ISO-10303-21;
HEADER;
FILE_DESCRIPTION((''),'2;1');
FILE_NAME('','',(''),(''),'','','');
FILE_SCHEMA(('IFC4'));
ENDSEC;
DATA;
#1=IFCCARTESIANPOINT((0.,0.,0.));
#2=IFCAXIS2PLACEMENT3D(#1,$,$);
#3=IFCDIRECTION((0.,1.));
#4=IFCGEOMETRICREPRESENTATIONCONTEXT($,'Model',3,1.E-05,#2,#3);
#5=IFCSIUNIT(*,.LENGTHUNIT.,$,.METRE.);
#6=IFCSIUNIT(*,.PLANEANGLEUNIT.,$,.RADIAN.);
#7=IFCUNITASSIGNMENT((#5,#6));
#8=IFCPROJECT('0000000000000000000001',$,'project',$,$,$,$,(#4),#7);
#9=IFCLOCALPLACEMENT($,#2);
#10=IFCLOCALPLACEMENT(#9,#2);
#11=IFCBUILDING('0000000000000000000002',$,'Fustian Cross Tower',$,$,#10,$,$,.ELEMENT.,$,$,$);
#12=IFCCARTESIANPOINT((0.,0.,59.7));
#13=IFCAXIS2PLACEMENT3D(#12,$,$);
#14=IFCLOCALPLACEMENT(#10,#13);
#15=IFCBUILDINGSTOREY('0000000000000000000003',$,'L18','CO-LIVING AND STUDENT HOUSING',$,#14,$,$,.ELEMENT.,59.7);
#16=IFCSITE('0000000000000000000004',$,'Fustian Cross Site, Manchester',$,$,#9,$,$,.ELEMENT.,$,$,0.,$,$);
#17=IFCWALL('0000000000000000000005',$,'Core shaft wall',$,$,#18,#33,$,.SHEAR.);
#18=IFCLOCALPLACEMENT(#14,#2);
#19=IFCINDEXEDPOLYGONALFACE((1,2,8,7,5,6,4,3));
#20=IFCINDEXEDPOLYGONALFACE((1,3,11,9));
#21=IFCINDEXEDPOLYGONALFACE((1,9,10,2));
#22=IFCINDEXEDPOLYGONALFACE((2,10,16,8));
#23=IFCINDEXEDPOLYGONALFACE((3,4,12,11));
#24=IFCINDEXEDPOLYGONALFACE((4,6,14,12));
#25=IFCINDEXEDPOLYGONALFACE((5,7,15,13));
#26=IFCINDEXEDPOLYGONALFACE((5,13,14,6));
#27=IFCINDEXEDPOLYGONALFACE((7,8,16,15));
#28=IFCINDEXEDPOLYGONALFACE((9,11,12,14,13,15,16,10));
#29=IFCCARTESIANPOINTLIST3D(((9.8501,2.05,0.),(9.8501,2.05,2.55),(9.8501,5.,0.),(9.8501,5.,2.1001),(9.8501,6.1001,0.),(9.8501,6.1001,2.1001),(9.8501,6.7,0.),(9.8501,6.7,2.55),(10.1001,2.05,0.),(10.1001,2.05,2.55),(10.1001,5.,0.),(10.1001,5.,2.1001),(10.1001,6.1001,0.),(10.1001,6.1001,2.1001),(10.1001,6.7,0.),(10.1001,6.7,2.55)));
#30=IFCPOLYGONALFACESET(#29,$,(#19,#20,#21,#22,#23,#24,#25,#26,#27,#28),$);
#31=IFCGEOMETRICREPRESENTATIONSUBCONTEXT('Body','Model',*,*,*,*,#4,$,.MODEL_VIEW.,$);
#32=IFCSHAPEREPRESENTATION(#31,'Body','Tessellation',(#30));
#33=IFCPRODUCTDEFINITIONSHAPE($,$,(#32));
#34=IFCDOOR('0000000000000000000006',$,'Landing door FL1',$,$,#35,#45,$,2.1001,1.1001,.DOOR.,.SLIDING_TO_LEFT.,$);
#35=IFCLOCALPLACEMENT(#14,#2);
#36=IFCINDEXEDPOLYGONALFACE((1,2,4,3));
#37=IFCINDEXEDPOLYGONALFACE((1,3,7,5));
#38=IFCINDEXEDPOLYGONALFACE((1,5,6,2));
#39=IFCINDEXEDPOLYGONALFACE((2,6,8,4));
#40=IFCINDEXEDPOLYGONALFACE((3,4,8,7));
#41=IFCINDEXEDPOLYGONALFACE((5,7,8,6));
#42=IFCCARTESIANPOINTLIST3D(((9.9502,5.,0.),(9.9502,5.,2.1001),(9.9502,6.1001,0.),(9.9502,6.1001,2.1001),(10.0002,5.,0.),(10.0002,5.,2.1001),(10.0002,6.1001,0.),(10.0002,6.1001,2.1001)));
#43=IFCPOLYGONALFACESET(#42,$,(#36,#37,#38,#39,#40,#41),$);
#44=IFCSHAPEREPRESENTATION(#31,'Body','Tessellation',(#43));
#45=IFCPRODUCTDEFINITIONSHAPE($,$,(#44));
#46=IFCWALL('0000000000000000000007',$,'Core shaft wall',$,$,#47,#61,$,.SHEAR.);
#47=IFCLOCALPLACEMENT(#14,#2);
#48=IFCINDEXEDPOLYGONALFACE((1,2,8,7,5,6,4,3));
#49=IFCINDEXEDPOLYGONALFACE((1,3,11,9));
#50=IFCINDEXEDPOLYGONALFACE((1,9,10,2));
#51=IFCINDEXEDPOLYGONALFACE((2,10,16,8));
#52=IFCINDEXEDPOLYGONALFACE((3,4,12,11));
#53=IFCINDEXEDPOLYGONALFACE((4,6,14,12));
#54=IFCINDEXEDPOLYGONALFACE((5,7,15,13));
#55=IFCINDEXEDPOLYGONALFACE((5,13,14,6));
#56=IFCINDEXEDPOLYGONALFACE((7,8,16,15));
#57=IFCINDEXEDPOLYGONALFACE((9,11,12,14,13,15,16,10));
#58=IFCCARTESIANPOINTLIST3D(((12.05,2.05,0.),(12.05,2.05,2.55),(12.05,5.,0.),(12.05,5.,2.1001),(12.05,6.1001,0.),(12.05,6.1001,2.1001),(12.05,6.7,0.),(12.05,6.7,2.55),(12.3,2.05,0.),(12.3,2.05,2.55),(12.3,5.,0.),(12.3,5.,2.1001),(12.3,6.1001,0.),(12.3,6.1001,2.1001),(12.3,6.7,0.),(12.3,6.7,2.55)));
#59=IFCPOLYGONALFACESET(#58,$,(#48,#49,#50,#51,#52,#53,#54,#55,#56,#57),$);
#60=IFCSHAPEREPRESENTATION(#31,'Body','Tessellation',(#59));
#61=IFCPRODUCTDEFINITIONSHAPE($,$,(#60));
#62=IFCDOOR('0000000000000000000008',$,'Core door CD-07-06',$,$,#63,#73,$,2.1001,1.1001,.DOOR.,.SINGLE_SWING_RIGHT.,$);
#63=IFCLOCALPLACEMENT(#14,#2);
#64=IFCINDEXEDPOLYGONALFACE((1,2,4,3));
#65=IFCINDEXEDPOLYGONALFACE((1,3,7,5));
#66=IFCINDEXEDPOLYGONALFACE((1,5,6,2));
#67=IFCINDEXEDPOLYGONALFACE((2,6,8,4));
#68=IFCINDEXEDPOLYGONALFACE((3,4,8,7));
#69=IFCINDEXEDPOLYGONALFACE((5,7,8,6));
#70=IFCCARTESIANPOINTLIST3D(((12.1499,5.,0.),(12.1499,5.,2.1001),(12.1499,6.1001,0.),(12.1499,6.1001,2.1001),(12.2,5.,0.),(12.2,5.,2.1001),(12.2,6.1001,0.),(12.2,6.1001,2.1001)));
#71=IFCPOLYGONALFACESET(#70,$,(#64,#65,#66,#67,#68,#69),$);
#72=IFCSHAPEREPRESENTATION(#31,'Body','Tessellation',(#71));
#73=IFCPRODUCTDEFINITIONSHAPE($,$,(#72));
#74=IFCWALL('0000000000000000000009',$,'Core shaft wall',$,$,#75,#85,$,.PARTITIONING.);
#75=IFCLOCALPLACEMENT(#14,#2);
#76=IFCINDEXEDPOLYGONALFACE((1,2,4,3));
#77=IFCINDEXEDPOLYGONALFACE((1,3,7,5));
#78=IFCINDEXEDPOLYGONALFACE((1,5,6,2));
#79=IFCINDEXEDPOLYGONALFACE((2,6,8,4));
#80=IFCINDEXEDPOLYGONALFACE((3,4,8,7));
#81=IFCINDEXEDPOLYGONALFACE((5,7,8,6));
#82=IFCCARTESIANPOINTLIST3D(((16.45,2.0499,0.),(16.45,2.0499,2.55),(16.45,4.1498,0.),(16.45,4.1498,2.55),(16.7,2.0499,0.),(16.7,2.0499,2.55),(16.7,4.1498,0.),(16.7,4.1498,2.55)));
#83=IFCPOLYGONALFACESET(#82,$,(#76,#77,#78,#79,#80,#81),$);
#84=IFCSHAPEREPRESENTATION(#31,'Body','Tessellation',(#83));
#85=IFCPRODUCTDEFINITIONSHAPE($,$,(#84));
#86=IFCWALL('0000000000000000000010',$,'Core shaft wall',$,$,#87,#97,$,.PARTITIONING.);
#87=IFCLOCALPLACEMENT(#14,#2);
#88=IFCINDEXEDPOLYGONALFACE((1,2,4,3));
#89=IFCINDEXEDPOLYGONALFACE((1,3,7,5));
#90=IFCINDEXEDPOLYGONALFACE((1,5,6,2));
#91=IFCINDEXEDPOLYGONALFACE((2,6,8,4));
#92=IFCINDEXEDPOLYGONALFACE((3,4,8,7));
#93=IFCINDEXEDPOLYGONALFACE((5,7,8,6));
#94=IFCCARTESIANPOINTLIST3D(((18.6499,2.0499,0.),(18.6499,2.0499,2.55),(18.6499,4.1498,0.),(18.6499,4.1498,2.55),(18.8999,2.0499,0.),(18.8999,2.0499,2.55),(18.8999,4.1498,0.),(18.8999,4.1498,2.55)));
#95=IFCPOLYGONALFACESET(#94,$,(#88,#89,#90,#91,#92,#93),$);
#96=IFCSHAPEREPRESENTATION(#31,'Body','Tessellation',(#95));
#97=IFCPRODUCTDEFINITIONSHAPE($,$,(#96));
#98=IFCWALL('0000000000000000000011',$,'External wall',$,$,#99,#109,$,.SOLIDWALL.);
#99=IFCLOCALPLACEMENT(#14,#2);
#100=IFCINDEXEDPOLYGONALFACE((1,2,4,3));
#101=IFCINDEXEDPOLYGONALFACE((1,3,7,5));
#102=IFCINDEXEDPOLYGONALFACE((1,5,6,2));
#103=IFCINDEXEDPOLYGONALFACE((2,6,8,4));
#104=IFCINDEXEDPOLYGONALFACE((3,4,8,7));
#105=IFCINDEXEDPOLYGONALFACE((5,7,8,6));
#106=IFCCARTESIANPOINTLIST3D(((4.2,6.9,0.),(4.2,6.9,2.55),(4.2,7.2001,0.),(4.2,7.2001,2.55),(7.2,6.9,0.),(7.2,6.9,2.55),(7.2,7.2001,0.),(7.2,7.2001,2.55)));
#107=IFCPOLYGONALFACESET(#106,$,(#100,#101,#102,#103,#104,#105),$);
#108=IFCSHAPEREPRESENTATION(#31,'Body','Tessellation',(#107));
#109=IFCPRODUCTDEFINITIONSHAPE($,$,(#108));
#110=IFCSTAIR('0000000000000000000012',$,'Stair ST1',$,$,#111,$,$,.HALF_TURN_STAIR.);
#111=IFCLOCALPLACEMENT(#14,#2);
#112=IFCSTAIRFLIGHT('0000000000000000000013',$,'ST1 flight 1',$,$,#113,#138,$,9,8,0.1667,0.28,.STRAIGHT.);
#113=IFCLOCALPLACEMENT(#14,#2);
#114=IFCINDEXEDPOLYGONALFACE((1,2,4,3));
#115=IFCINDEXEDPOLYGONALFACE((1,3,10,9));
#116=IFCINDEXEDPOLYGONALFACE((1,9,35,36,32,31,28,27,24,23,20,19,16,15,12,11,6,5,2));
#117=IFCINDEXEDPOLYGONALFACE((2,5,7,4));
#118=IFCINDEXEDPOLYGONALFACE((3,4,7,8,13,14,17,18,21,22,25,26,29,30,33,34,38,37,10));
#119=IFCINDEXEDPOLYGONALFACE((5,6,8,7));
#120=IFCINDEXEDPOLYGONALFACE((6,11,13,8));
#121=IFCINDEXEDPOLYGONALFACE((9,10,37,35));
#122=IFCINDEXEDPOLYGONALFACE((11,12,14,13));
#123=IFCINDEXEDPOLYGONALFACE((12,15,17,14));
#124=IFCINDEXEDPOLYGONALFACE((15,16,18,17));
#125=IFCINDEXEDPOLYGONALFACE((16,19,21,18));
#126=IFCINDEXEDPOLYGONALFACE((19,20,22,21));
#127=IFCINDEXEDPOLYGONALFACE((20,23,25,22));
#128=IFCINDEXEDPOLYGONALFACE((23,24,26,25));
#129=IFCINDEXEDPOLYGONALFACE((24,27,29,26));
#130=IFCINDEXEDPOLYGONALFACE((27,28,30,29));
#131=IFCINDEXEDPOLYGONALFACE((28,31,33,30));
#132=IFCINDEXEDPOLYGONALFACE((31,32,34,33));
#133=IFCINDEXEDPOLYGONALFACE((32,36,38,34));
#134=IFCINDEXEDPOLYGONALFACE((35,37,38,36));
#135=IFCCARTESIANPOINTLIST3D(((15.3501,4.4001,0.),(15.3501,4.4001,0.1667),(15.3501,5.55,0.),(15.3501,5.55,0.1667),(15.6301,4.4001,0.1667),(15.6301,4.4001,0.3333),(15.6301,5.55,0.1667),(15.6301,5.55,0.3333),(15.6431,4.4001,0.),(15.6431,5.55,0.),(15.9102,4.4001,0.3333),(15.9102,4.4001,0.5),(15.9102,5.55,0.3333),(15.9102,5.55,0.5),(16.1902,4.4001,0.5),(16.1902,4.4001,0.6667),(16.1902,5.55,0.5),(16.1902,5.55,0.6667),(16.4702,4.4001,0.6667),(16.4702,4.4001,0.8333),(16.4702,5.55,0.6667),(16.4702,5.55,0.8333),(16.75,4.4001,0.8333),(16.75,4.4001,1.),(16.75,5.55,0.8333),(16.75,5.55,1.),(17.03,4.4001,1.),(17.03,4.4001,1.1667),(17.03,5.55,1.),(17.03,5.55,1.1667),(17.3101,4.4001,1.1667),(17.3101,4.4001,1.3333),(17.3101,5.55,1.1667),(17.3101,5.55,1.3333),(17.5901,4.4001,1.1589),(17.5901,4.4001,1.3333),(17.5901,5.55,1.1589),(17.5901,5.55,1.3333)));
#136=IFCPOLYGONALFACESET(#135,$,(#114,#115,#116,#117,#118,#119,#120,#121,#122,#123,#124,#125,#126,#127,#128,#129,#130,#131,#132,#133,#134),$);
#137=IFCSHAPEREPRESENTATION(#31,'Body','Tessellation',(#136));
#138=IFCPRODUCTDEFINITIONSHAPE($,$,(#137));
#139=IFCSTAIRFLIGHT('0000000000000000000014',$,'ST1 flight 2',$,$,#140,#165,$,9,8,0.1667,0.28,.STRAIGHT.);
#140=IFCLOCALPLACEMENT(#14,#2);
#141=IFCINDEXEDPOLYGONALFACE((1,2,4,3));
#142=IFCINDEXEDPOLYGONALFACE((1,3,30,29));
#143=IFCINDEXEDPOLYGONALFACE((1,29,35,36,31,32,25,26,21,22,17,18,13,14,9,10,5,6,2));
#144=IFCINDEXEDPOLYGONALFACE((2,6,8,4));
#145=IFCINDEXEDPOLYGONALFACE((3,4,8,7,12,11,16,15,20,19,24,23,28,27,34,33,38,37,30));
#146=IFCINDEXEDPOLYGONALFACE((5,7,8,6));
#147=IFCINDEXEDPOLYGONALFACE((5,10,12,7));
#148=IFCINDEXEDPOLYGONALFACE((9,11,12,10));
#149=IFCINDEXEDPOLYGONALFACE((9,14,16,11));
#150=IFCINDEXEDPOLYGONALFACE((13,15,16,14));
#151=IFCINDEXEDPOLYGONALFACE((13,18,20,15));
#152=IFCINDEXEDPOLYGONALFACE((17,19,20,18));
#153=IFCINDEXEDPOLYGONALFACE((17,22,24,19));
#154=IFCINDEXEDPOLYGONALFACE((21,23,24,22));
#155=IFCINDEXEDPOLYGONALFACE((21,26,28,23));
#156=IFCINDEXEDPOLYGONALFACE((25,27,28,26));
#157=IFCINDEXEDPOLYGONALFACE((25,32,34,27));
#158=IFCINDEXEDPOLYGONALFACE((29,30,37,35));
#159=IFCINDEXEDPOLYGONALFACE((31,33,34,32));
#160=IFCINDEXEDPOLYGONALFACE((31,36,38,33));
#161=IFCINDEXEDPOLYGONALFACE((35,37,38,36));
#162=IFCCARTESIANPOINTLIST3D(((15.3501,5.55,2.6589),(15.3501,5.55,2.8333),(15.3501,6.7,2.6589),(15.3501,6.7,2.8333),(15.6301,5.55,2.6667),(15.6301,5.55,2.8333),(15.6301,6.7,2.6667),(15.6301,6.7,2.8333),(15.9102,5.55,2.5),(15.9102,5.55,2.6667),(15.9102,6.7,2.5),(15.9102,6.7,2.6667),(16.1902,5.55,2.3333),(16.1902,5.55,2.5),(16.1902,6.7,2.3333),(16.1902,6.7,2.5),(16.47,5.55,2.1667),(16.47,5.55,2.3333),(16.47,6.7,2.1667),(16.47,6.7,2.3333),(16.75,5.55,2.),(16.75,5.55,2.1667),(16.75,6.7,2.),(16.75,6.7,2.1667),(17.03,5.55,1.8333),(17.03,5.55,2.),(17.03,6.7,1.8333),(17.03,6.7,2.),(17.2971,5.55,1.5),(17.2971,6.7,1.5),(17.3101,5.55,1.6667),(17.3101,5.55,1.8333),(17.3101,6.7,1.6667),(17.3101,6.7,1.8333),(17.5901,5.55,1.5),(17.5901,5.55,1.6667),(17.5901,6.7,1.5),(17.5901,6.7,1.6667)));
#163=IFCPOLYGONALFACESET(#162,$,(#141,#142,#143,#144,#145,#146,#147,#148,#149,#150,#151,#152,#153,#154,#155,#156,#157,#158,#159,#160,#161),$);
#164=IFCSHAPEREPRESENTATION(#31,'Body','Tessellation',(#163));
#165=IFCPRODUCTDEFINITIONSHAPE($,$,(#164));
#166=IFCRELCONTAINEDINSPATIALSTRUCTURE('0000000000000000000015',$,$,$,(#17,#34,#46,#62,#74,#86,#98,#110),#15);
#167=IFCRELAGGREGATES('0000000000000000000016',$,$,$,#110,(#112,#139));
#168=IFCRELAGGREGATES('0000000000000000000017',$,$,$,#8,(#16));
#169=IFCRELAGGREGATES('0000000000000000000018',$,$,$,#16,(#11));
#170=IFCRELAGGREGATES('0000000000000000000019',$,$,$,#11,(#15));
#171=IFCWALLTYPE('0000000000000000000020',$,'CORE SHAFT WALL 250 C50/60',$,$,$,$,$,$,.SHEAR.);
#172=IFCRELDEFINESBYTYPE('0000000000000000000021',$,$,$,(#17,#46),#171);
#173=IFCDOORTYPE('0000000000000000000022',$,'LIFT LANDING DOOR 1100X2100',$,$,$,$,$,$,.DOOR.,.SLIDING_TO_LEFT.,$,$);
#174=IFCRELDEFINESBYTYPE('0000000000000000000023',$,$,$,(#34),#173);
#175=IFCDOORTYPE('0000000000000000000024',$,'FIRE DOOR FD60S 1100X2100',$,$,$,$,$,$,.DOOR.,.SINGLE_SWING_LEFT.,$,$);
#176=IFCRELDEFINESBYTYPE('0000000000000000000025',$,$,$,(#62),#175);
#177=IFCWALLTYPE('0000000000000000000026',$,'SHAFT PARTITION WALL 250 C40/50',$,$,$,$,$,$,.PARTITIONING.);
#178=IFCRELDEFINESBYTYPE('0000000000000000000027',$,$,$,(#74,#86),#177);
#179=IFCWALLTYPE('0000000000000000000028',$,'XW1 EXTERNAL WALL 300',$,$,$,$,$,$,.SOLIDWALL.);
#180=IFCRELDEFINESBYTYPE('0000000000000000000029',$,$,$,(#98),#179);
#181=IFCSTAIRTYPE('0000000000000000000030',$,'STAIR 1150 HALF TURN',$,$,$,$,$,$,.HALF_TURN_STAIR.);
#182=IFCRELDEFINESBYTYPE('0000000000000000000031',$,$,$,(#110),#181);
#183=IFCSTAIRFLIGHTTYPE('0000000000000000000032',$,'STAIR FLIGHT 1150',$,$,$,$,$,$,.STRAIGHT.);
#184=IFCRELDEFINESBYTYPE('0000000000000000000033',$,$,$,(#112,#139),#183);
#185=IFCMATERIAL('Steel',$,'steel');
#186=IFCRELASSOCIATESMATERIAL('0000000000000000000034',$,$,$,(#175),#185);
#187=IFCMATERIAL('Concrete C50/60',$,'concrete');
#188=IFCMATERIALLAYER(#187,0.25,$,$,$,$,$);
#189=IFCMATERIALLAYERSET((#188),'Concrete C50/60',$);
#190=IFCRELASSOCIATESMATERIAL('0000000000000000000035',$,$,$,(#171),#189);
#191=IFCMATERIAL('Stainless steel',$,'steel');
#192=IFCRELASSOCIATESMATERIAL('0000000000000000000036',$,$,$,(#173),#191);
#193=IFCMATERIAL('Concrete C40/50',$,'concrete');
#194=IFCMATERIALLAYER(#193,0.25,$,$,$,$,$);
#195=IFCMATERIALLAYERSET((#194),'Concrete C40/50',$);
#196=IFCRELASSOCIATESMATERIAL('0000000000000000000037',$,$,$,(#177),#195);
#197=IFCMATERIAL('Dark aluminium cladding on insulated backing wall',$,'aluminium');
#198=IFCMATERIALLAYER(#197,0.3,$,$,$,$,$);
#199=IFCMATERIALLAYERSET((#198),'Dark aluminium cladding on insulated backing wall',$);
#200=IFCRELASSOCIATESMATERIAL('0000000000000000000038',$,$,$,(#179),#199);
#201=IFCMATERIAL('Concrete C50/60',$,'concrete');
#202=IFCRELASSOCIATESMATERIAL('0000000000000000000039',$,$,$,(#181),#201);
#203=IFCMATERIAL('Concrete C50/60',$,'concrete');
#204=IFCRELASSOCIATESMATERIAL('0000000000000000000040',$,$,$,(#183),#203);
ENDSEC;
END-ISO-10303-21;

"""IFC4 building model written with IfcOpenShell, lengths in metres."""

from ifc_helpers import new_model, si_unit, direction, frame, frame_2d, origin, place, context, subcontext, project, spatial, polyline, rectangle, outline, extrude, material, layer, layer_set, type_object, element, fill, aggregate, save


model = new_model("IFC4")

# Units and contexts
model_context = context("Model", 3, precision=1e-05, world=origin(), true_north=direction((0.0, 1.0)))
body_context = subcontext(model_context, "Body", "Model", "MODEL_VIEW")
ifc_project = project(units=[si_unit("LENGTHUNIT", "METRE"), si_unit("PLANEANGLEUNIT", "RADIAN")], contexts=[model_context])

# Site, building, storey
site_placement = place(None, origin())
site = spatial("IfcSite", under=ifc_project, at=site_placement, Name="Fustian Cross Site, Manchester", CompositionType="ELEMENT", RefElevation=0.0)
building_placement = place(site_placement, origin())
building = spatial("IfcBuilding", under=site, at=building_placement, Name="Fustian Cross Tower", CompositionType="ELEMENT")
storey_placement = place(building_placement, frame((0.0, 0.0, 59.7)))
storey = spatial("IfcBuildingStorey", under=building, at=storey_placement, Name="L18", Description="CO-LIVING AND STUDENT HOUSING", CompositionType="ELEMENT", Elevation=59.7)

# Shared definitions
ifc_material_1 = material(Name="Steel", Category="steel")
door_type_1 = type_object("IfcDoorType", Name="FIRE DOOR FD60S 1100X2100", OperationType="SINGLE_SWING_LEFT", PredefinedType="DOOR", material=ifc_material_1)

# Shared definitions
ifc_material_2 = material(Name="Concrete C50/60", Category="concrete")
ifc_layer_1 = layer(ifc_material_2, 0.25)
ifc_layer_set_1 = layer_set([ifc_layer_1], Name="Concrete C50/60")
wall_type_1 = type_object("IfcWallType", Name="CORE SHAFT WALL 250 C50/60", PredefinedType="SHEAR", material=ifc_layer_set_1)

# Walls, openings, doors
wall_1_placement = place(storey_placement, frame((9.9751, 2.05, 0.0), z_axis=(0.0, 0.0, 1.0), x_axis=(0.0, 1.0, 0.0)))
wall_1 = element("IfcWall", 1, at=wall_1_placement, inside=storey, type_object=wall_type_1, Name="Core shaft wall", PredefinedType="SHEAR", context=body_context, shape_type="SweptSolid", body=[
    extrude(rectangle(XDim=4.6499, YDim=0.25, at=frame_2d((2.325, 0.0))), origin(), (0.0, 0.0, 1.0), 2.55),
])
opening_1_placement = place(wall_1_placement, frame((2.95, 0.0, 0.0)))
opening_1 = element("IfcOpeningElement", 2, at=opening_1_placement, cuts=wall_1, PredefinedType="OPENING", context=body_context, shape_type="SweptSolid", body=[
    extrude(rectangle(XDim=1.1001, YDim=2.1001, at=frame_2d((0.55, 1.05))), frame((0.0, 0.135, 0.0), z_axis=(0.0, -1.0, 0.0), x_axis=(1.0, 0.0, 0.0)), (0.0, 0.0, 1.0), 0.27),
])
ifc_material_3 = material(Name="Stainless steel", Category="steel")
door_type_2 = type_object("IfcDoorType", Name="LIFT LANDING DOOR 1100X2100", OperationType="SLIDING_TO_LEFT", PredefinedType="DOOR", material=ifc_material_3)
door_1_placement = place(opening_1_placement, origin())
door_1 = element("IfcDoor", 3, at=door_1_placement, inside=storey, type_object=door_type_2, Name="Landing door FL1", OperationType="SLIDING_TO_LEFT", OverallHeight=2.1001, OverallWidth=1.1001, PredefinedType="DOOR", context=body_context, shape_type="SweptSolid", body=[
    extrude(rectangle(XDim=1.1001, YDim=2.1001, at=frame_2d((0.55, 1.05))), frame((0.0, 0.0249, 0.0), z_axis=(0.0, -1.0, 0.0), x_axis=(1.0, 0.0, 0.0)), (0.0, 0.0, 1.0), 0.05),
])
fill(opening_1, door_1)
wall_2_placement = place(storey_placement, frame((12.175, 2.05, 0.0), z_axis=(0.0, 0.0, 1.0), x_axis=(0.0, 1.0, 0.0)))
wall_2 = element("IfcWall", 4, at=wall_2_placement, inside=storey, type_object=wall_type_1, Name="Core shaft wall", PredefinedType="SHEAR", context=body_context, shape_type="SweptSolid", body=[
    extrude(rectangle(XDim=4.6499, YDim=0.25, at=frame_2d((2.325, 0.0))), origin(), (0.0, 0.0, 1.0), 2.55),
])
opening_2_placement = place(wall_2_placement, frame((2.95, 0.0, 0.0)))
opening_2 = element("IfcOpeningElement", 5, at=opening_2_placement, cuts=wall_2, PredefinedType="OPENING", context=body_context, shape_type="SweptSolid", body=[
    extrude(rectangle(XDim=1.1001, YDim=2.1001, at=frame_2d((0.55, 1.05))), frame((0.0, 0.135, 0.0), z_axis=(0.0, -1.0, 0.0), x_axis=(1.0, 0.0, 0.0)), (0.0, 0.0, 1.0), 0.27),
])
door_2_placement = place(opening_2_placement, frame((1.1001, 0.0, 0.0), z_axis=(0.0, 0.0, 1.0), x_axis=(-1.0, 0.0, 0.0)))
door_2 = element("IfcDoor", 6, at=door_2_placement, inside=storey, type_object=door_type_1, Name="Core door CD-07-06", OperationType="SINGLE_SWING_RIGHT", OverallHeight=2.1001, OverallWidth=1.1001, PredefinedType="DOOR", context=body_context, shape_type="SweptSolid", body=[
    extrude(rectangle(XDim=1.1001, YDim=2.1001, at=frame_2d((0.55, 1.05))), frame((0.0, 0.0249, 0.0), z_axis=(0.0, -1.0, 0.0), x_axis=(1.0, 0.0, 0.0)), (0.0, 0.0, 1.0), 0.05),
])
fill(opening_2, door_2)

# Walls
ifc_material_4 = material(Name="Concrete C40/50", Category="concrete")
ifc_layer_2 = layer(ifc_material_4, 0.25)
ifc_layer_set_2 = layer_set([ifc_layer_2], Name="Concrete C40/50")
wall_type_2 = type_object("IfcWallType", Name="SHAFT PARTITION WALL 250 C40/50", PredefinedType="PARTITIONING", material=ifc_layer_set_2)
for number, where, z_axis, x_axis, name in (
    (7, (16.575, 2.05, 0.0), (0.0, 0.0, 1.0), (0.0, 1.0, 0.0), "Core shaft wall"),
    (8, (18.7749, 2.05, 0.0), (0.0, 0.0, 1.0), (0.0, 1.0, 0.0), "Core shaft wall"),
):
    element("IfcWall", number, at=place(storey_placement, frame(where, z_axis=z_axis, x_axis=x_axis)), inside=storey, type_object=wall_type_2, Name=name, PredefinedType="PARTITIONING", context=body_context, shape_type="SweptSolid", body=[
        extrude(rectangle(XDim=2.0999, YDim=0.25, at=frame_2d((1.0498, 0.0))), origin(), (0.0, 0.0, 1.0), 2.55),
    ])
ifc_material_5 = material(Name="Dark aluminium cladding on insulated backing wall", Category="aluminium")
ifc_layer_3 = layer(ifc_material_5, 0.3)
ifc_layer_set_3 = layer_set([ifc_layer_3], Name="Dark aluminium cladding on insulated backing wall")
wall_type_3 = type_object("IfcWallType", Name="XW1 EXTERNAL WALL 300", PredefinedType="SOLIDWALL", material=ifc_layer_set_3)
wall_3_placement = place(storey_placement, frame((7.2, 7.05, 0.0), z_axis=(0.0, 0.0, 1.0), x_axis=(-1.0, 0.0, 0.0)))
element("IfcWall", 9, at=wall_3_placement, inside=storey, type_object=wall_type_3, Name="External wall", PredefinedType="SOLIDWALL", context=body_context, shape_type="SweptSolid", body=[
    extrude(rectangle(XDim=3.0, YDim=0.3, at=frame_2d((1.5, 0.0))), origin(), (0.0, 0.0, 1.0), 2.55),
])

# Stair, stair flights
ifc_material_6 = material(Name="Concrete C50/60", Category="concrete")
stair_type = type_object("IfcStairType", Name="STAIR 1150 HALF TURN", PredefinedType="HALF_TURN_STAIR", material=ifc_material_6)
stair_placement = place(storey_placement, origin())
stair = element("IfcStair", 10, at=stair_placement, inside=storey, type_object=stair_type, Name="Stair ST1", PredefinedType="HALF_TURN_STAIR")
ifc_material_7 = material(Name="Concrete C50/60", Category="concrete")
stair_flight_type = type_object("IfcStairFlightType", Name="STAIR FLIGHT 1150", PredefinedType="STRAIGHT", material=ifc_material_7)
stair_flight_1_placement = place(storey_placement, frame((15.3501, 4.9751, 0.0), z_axis=(0.0, 0.0, 1.0), x_axis=(1.0, 0.0, 0.0)))
stair_flight_1 = element("IfcStairFlight", 11, at=stair_flight_1_placement, type_object=stair_flight_type, Name="ST1 flight 1", NumberOfRisers=9, NumberOfTreads=8, PredefinedType="STRAIGHT", RiserHeight=0.1667, TreadLength=0.28, context=body_context, shape_type="SweptSolid", body=[
    extrude(outline(polyline([(0.0, 0.0), (0.0, 0.1667), (0.28, 0.1667), (0.28, 0.3333), (0.5601, 0.3333), (0.5601, 0.5), (0.8401, 0.5), (0.8401, 0.6667), (1.1201, 0.6667), (1.1201, 0.8333), (1.3999, 0.8333), (1.3999, 1.0), (1.6799, 1.0), (1.6799, 1.1667), (1.96, 1.1667), (1.96, 1.3333), (2.24, 1.3333), (2.24, 1.5), (2.24, 1.1589), (0.293, 0.0), (0.0, 0.0)])), frame((0.0, 0.575, 0.0), z_axis=(0.0, -1.0, 0.0), x_axis=(1.0, 0.0, 0.0)), (0.0, 0.0, 1.0), 1.1499),
])
stair_flight_2_placement = place(storey_placement, frame((17.5901, 6.125, 1.5), z_axis=(0.0, 0.0, 1.0), x_axis=(-1.0, 0.0, 0.0)))
stair_flight_2 = element("IfcStairFlight", 12, at=stair_flight_2_placement, type_object=stair_flight_type, Name="ST1 flight 2", NumberOfRisers=9, NumberOfTreads=8, PredefinedType="STRAIGHT", RiserHeight=0.1667, TreadLength=0.28, context=body_context, shape_type="SweptSolid", body=[
    extrude(outline(polyline([(0.0, 0.0), (0.0, 0.1667), (0.28, 0.1667), (0.28, 0.3333), (0.5601, 0.3333), (0.5601, 0.5), (0.8401, 0.5), (0.8401, 0.6667), (1.1201, 0.6667), (1.1201, 0.8333), (1.3999, 0.8333), (1.3999, 1.0), (1.6799, 1.0), (1.6799, 1.1667), (1.96, 1.1667), (1.96, 1.3333), (2.24, 1.3333), (2.24, 1.5), (2.24, 1.1589), (0.293, 0.0), (0.0, 0.0)])), frame((0.0, 0.575, 0.0), z_axis=(0.0, -1.0, 0.0), x_axis=(1.0, 0.0, 0.0)), (0.0, 0.0, 1.0), 1.1499),
])
aggregate(stair, [stair_flight_1, stair_flight_2])

save(model, "model.ifc")
